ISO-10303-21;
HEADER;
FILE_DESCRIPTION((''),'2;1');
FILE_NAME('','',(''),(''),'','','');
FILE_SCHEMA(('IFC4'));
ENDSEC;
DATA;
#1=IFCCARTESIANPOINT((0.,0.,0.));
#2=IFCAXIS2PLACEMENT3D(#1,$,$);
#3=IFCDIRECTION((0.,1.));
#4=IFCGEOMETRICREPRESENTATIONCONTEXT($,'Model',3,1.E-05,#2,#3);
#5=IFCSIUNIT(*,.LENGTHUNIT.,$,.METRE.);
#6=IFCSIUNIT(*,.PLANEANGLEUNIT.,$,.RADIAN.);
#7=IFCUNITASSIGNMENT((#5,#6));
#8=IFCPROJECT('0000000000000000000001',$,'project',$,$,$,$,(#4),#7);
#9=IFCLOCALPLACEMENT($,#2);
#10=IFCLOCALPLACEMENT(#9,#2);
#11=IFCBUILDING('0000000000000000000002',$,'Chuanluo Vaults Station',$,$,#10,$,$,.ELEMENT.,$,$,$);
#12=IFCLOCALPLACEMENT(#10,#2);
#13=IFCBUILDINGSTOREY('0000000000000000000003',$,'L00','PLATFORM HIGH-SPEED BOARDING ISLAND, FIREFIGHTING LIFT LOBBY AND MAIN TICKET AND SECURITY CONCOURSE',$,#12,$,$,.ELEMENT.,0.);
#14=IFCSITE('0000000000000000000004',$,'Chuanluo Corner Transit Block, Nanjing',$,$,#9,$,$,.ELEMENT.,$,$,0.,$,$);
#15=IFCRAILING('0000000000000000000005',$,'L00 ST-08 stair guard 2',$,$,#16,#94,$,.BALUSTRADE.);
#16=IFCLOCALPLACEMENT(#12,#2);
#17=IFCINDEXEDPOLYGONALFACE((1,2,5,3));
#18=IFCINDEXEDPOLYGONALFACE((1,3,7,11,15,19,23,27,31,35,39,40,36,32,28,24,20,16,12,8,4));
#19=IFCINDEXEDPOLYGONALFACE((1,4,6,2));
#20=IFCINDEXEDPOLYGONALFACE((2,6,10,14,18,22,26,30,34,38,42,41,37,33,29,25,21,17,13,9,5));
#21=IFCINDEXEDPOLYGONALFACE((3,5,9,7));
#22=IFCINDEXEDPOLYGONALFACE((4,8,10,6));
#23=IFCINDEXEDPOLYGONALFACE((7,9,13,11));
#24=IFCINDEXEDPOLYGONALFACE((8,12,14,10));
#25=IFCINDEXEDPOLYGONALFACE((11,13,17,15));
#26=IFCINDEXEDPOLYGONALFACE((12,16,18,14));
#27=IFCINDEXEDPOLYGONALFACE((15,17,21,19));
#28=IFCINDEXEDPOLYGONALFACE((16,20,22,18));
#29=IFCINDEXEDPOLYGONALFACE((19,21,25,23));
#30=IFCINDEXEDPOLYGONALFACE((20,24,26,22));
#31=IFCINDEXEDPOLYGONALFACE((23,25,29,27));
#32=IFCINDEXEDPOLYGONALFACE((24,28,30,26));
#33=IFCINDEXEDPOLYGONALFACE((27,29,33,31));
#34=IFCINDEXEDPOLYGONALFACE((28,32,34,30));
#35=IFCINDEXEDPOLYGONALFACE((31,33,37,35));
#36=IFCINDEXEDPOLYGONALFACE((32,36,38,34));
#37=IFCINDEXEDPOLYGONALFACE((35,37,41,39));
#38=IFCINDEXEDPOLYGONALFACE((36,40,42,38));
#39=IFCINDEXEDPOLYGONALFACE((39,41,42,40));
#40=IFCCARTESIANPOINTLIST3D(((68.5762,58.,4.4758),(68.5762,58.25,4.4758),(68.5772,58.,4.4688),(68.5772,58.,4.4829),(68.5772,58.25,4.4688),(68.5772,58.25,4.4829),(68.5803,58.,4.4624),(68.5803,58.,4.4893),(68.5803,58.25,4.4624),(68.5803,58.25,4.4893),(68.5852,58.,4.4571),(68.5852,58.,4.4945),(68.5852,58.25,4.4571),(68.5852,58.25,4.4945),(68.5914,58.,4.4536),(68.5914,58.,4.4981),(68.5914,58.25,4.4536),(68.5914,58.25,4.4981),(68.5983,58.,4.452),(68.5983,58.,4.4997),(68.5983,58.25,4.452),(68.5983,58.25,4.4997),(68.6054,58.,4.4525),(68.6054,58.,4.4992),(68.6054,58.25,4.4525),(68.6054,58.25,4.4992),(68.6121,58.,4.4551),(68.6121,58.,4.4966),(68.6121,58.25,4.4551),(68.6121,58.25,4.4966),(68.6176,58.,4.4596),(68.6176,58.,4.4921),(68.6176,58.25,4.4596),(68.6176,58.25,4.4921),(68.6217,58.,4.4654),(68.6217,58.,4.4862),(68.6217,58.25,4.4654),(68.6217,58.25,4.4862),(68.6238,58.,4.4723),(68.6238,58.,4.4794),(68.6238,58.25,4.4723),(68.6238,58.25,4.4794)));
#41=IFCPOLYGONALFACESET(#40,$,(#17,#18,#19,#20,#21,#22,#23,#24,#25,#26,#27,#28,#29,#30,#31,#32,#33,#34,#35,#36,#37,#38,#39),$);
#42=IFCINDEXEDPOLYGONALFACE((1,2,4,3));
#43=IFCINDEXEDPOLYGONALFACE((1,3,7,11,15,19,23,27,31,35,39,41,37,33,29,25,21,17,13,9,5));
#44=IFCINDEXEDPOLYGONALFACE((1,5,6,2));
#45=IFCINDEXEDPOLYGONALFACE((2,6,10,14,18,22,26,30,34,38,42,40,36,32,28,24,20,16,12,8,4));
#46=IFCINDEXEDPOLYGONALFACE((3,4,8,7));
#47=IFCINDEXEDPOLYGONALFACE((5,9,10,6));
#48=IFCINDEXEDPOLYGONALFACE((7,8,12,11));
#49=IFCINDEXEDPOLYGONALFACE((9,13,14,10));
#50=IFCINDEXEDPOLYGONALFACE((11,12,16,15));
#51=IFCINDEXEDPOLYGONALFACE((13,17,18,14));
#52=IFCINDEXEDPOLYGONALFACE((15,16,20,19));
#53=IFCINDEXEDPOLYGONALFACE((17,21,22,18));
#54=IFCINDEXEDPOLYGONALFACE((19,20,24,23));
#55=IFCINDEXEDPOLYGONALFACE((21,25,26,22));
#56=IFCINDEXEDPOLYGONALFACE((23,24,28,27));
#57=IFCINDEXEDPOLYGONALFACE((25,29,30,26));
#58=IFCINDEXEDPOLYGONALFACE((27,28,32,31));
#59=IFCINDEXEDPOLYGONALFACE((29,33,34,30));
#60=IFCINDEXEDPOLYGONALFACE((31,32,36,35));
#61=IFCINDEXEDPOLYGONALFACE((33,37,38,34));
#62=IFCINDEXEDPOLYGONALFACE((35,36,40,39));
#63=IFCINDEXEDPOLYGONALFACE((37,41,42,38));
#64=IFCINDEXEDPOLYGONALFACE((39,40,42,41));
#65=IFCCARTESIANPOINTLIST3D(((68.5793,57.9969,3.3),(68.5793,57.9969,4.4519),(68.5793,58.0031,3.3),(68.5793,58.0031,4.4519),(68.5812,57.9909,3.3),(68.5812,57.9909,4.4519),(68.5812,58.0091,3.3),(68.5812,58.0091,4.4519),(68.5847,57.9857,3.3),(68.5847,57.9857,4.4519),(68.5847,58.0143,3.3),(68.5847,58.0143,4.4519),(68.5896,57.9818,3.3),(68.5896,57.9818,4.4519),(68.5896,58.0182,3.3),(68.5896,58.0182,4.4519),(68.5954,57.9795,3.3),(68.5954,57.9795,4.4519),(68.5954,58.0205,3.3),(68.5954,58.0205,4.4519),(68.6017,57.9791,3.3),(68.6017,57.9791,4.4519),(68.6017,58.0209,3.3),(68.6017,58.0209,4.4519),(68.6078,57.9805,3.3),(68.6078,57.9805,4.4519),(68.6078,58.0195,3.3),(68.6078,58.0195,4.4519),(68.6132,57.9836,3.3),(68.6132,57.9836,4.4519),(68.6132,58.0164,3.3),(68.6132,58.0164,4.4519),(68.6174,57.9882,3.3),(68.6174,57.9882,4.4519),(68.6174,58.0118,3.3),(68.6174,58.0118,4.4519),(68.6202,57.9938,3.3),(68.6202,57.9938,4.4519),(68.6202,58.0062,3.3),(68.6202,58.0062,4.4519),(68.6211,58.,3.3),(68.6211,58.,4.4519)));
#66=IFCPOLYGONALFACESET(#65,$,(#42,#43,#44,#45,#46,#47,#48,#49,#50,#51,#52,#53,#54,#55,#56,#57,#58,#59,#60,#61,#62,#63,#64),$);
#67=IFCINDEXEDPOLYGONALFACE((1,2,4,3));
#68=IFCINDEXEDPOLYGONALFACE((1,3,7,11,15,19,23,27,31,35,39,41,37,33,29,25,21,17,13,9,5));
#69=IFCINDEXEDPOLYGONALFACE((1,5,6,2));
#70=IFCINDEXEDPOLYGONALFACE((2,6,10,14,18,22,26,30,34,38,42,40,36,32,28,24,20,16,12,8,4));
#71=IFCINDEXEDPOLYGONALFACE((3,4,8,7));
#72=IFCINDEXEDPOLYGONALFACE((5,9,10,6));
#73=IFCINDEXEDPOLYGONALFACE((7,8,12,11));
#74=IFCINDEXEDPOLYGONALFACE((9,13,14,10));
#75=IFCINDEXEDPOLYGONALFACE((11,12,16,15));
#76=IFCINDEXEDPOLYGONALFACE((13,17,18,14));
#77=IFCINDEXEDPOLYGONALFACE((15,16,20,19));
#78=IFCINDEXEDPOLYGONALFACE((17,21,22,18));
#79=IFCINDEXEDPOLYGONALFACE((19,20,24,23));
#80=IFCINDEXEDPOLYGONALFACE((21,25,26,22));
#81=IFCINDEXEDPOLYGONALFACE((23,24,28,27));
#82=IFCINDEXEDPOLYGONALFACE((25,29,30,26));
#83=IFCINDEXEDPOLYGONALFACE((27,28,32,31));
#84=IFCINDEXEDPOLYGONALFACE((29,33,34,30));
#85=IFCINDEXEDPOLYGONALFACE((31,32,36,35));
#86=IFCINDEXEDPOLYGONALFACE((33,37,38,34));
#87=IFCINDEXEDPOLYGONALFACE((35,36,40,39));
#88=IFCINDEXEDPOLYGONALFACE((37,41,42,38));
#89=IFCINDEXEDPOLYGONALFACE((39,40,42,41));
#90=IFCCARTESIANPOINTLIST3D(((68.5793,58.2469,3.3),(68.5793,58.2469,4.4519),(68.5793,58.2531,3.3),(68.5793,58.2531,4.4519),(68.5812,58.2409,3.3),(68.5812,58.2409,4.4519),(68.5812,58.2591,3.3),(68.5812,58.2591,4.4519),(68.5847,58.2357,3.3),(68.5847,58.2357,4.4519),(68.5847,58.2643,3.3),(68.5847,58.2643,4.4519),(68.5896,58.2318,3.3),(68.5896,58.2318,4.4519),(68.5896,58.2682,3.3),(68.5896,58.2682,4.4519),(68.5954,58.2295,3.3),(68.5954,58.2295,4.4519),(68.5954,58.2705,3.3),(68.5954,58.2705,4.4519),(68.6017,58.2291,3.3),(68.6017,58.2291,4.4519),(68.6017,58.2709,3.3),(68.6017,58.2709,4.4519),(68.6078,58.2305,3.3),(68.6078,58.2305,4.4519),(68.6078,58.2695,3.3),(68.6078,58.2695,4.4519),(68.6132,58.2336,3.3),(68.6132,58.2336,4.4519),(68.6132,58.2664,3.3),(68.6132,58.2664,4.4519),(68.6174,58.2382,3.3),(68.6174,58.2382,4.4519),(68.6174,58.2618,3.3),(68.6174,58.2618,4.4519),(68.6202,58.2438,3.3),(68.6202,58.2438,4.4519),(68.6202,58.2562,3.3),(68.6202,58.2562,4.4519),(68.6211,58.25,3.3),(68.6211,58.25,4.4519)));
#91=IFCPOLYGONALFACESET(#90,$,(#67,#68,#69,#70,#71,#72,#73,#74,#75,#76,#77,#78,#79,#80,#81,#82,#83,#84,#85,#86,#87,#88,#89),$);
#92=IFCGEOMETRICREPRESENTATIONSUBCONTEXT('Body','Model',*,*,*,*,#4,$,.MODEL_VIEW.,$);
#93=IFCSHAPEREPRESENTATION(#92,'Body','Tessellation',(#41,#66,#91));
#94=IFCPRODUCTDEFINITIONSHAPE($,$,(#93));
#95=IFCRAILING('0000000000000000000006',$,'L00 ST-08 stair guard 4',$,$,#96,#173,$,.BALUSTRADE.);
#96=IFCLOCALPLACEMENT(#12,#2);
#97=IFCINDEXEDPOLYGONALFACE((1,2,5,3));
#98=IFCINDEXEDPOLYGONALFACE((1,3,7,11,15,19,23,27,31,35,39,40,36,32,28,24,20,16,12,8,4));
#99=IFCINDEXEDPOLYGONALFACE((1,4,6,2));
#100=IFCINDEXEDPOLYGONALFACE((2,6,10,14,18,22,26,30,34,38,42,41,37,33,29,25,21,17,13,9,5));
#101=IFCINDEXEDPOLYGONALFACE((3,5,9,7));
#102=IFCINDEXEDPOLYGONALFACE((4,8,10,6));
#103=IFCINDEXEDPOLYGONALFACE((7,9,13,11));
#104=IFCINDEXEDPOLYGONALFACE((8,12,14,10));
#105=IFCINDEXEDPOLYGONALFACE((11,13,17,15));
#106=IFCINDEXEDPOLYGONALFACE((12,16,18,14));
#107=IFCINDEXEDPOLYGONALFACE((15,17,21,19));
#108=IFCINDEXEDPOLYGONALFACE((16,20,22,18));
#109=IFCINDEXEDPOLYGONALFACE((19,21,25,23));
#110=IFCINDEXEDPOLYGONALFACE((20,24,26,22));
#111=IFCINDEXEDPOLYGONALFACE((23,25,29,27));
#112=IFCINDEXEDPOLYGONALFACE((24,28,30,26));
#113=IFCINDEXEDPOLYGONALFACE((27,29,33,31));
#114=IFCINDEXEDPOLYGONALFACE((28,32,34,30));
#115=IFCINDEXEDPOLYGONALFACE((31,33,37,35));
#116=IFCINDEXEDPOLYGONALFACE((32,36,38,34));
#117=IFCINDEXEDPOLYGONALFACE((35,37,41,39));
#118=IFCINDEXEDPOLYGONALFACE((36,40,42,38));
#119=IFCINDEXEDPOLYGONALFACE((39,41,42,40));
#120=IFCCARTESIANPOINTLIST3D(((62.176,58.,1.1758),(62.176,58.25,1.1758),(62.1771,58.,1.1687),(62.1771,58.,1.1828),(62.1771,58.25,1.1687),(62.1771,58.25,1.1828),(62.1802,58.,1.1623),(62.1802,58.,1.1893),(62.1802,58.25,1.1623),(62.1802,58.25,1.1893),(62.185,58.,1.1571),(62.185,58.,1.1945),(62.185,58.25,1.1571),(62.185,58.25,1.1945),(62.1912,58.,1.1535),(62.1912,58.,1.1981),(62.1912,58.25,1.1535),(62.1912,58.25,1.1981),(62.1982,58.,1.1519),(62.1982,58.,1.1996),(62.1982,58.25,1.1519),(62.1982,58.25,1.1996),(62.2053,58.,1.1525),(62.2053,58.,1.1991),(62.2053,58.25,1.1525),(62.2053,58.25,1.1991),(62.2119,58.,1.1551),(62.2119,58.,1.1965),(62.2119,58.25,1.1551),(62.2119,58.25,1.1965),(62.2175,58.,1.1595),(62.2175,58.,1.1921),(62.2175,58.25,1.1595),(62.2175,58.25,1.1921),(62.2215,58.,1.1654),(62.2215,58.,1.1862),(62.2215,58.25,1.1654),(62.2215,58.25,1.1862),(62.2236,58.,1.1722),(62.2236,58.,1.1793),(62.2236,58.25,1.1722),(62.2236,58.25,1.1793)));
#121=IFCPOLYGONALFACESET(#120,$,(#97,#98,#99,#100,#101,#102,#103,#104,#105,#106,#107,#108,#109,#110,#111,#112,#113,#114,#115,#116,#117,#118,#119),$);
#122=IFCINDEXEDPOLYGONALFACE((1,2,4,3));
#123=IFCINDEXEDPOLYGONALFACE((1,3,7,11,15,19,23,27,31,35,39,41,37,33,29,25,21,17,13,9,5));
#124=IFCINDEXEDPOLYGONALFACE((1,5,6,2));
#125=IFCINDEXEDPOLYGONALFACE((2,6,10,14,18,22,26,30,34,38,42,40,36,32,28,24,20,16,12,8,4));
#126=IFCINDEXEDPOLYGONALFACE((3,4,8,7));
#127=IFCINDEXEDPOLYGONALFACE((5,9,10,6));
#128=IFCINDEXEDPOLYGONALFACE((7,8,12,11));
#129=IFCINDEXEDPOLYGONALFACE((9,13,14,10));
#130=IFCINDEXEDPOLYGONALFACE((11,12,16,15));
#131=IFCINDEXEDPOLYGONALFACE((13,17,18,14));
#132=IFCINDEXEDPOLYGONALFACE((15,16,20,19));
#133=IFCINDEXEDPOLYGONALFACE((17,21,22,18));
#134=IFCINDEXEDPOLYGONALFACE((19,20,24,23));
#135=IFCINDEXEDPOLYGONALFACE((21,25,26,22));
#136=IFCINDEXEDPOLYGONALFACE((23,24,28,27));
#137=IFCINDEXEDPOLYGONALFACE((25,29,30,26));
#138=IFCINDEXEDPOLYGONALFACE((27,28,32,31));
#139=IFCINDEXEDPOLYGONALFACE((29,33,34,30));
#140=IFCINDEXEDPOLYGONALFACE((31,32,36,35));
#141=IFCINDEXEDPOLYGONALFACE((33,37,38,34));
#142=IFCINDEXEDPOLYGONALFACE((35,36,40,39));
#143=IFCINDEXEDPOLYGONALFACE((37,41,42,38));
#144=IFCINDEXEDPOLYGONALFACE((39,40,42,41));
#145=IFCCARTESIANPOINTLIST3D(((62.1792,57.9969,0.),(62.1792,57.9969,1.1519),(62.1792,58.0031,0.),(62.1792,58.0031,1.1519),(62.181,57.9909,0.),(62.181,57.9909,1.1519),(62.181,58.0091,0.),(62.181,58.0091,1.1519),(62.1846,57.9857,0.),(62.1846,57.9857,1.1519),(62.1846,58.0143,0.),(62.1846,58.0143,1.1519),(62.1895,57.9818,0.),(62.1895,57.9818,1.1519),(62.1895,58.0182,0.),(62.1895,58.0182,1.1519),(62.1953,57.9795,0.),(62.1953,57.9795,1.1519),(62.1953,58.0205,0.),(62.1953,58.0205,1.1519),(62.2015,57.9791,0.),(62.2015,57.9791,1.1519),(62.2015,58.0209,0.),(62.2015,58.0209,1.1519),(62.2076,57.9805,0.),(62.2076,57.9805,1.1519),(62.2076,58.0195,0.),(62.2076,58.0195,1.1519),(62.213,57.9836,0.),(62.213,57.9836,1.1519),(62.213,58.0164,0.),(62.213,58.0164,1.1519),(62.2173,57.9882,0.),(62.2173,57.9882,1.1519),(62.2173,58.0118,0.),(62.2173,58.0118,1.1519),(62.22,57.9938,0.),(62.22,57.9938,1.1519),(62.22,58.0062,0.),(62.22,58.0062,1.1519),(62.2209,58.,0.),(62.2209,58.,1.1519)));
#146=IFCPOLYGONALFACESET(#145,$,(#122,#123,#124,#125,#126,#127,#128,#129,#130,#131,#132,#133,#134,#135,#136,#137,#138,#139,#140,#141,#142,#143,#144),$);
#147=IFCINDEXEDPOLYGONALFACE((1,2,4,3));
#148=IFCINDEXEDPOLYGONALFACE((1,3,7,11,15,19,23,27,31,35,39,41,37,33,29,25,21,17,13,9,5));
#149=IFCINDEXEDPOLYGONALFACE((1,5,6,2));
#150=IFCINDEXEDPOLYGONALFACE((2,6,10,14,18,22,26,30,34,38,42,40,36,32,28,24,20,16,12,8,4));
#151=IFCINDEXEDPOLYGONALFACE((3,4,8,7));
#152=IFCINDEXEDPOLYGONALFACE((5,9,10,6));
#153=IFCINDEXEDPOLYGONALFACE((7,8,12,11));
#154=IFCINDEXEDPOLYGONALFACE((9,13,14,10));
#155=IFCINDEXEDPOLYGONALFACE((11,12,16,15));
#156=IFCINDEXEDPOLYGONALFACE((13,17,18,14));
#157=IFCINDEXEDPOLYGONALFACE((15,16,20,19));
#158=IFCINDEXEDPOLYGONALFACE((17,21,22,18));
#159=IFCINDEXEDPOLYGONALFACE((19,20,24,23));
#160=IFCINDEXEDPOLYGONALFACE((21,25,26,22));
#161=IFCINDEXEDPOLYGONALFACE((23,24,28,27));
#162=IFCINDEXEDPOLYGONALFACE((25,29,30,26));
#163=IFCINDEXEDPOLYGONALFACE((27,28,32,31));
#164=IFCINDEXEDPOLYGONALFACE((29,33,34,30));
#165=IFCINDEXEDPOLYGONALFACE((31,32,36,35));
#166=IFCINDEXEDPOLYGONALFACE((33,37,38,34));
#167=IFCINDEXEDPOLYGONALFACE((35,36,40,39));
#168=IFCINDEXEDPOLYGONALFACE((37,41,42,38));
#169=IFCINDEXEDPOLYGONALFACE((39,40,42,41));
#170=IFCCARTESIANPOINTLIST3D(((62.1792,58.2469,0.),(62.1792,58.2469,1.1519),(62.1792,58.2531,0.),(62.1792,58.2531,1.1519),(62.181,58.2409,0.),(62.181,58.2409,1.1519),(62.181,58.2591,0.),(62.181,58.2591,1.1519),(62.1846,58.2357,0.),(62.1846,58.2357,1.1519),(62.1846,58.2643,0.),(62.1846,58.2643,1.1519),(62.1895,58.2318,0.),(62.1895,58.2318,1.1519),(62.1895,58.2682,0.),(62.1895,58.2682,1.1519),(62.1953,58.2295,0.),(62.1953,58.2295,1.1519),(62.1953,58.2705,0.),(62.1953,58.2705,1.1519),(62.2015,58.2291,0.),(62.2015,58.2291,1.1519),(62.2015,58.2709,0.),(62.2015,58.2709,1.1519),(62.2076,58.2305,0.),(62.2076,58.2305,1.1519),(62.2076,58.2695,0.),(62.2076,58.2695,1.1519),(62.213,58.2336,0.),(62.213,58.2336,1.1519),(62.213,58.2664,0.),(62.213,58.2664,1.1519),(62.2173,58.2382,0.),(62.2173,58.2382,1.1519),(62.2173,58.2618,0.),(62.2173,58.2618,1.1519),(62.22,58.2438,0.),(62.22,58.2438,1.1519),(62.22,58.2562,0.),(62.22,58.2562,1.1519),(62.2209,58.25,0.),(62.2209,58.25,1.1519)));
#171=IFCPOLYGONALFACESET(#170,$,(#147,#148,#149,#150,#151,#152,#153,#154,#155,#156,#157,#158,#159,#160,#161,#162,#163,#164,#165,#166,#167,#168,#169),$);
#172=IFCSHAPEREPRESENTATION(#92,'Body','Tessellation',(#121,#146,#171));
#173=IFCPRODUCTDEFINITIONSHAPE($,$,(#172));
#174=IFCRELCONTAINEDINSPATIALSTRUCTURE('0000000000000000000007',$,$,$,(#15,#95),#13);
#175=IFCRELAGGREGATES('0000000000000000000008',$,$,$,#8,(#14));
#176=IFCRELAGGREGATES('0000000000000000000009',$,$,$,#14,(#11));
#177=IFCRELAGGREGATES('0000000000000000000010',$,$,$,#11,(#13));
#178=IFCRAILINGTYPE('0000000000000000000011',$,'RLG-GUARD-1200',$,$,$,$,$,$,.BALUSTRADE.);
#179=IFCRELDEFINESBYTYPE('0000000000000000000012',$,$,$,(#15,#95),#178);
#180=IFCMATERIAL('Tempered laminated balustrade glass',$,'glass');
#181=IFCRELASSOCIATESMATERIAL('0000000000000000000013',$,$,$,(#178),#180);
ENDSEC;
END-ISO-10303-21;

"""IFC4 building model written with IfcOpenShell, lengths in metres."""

from ifc_helpers import new_model, si_unit, direction, frame, origin, origin_2d, place, context, subcontext, project, spatial, circle, extrude, material, type_object, element, save


model = new_model("IFC4")

# Units and contexts
model_context = context("Model", 3, precision=1e-05, world=origin(), true_north=direction((0.0, 1.0)))
body_context = subcontext(model_context, "Body", "Model", "MODEL_VIEW")
ifc_project = project(units=[si_unit("LENGTHUNIT", "METRE"), si_unit("PLANEANGLEUNIT", "RADIAN")], contexts=[model_context])

# Site, building, storey
site_placement = place(None, origin())
site = spatial("IfcSite", under=ifc_project, at=site_placement, Name="Chuanluo Corner Transit Block, Nanjing", CompositionType="ELEMENT", RefElevation=0.0)
building_placement = place(site_placement, origin())
building = spatial("IfcBuilding", under=site, at=building_placement, Name="Chuanluo Vaults Station", CompositionType="ELEMENT")
storey_placement = place(building_placement, origin())
storey = spatial("IfcBuildingStorey", under=building, at=storey_placement, Name="L00", Description="PLATFORM HIGH-SPEED BOARDING ISLAND, FIREFIGHTING LIFT LOBBY AND MAIN TICKET AND SECURITY CONCOURSE", CompositionType="ELEMENT", Elevation=0.0)

# Railings
ifc_material_1 = material(Name="Tempered laminated balustrade glass", Category="glass")
railing_type_1 = type_object("IfcRailingType", Name="RLG-GUARD-1200", PredefinedType="BALUSTRADE", material=ifc_material_1)
for number, where, name in (
    (1, (68.6001, 58.0, 3.3), "L00 ST-08 stair guard 2"),
    (2, (62.2, 58.0, 0.0), "L00 ST-08 stair guard 4"),
):
    element("IfcRailing", number, at=place(storey_placement, frame(where)), inside=storey, type_object=railing_type_1, Name=name, PredefinedType="BALUSTRADE", context=body_context, shape_type="SweptSolid", body=[
        extrude(circle(Radius=0.0239, at=origin_2d()), frame((0.0, 0.0, 1.1758), z_axis=(0.0, 1.0, 0.0), x_axis=(-1.0, 0.0, 0.0)), (0.0, 0.0, 1.0), 0.25),
        extrude(circle(Radius=0.021, at=origin_2d()), origin(), (0.0, 0.0, 1.0), 1.1519),
        extrude(circle(Radius=0.021, at=origin_2d()), frame((0.0, 0.25, 0.0)), (0.0, 0.0, 1.0), 1.1519),
    ])

save(model, "model.ifc")
